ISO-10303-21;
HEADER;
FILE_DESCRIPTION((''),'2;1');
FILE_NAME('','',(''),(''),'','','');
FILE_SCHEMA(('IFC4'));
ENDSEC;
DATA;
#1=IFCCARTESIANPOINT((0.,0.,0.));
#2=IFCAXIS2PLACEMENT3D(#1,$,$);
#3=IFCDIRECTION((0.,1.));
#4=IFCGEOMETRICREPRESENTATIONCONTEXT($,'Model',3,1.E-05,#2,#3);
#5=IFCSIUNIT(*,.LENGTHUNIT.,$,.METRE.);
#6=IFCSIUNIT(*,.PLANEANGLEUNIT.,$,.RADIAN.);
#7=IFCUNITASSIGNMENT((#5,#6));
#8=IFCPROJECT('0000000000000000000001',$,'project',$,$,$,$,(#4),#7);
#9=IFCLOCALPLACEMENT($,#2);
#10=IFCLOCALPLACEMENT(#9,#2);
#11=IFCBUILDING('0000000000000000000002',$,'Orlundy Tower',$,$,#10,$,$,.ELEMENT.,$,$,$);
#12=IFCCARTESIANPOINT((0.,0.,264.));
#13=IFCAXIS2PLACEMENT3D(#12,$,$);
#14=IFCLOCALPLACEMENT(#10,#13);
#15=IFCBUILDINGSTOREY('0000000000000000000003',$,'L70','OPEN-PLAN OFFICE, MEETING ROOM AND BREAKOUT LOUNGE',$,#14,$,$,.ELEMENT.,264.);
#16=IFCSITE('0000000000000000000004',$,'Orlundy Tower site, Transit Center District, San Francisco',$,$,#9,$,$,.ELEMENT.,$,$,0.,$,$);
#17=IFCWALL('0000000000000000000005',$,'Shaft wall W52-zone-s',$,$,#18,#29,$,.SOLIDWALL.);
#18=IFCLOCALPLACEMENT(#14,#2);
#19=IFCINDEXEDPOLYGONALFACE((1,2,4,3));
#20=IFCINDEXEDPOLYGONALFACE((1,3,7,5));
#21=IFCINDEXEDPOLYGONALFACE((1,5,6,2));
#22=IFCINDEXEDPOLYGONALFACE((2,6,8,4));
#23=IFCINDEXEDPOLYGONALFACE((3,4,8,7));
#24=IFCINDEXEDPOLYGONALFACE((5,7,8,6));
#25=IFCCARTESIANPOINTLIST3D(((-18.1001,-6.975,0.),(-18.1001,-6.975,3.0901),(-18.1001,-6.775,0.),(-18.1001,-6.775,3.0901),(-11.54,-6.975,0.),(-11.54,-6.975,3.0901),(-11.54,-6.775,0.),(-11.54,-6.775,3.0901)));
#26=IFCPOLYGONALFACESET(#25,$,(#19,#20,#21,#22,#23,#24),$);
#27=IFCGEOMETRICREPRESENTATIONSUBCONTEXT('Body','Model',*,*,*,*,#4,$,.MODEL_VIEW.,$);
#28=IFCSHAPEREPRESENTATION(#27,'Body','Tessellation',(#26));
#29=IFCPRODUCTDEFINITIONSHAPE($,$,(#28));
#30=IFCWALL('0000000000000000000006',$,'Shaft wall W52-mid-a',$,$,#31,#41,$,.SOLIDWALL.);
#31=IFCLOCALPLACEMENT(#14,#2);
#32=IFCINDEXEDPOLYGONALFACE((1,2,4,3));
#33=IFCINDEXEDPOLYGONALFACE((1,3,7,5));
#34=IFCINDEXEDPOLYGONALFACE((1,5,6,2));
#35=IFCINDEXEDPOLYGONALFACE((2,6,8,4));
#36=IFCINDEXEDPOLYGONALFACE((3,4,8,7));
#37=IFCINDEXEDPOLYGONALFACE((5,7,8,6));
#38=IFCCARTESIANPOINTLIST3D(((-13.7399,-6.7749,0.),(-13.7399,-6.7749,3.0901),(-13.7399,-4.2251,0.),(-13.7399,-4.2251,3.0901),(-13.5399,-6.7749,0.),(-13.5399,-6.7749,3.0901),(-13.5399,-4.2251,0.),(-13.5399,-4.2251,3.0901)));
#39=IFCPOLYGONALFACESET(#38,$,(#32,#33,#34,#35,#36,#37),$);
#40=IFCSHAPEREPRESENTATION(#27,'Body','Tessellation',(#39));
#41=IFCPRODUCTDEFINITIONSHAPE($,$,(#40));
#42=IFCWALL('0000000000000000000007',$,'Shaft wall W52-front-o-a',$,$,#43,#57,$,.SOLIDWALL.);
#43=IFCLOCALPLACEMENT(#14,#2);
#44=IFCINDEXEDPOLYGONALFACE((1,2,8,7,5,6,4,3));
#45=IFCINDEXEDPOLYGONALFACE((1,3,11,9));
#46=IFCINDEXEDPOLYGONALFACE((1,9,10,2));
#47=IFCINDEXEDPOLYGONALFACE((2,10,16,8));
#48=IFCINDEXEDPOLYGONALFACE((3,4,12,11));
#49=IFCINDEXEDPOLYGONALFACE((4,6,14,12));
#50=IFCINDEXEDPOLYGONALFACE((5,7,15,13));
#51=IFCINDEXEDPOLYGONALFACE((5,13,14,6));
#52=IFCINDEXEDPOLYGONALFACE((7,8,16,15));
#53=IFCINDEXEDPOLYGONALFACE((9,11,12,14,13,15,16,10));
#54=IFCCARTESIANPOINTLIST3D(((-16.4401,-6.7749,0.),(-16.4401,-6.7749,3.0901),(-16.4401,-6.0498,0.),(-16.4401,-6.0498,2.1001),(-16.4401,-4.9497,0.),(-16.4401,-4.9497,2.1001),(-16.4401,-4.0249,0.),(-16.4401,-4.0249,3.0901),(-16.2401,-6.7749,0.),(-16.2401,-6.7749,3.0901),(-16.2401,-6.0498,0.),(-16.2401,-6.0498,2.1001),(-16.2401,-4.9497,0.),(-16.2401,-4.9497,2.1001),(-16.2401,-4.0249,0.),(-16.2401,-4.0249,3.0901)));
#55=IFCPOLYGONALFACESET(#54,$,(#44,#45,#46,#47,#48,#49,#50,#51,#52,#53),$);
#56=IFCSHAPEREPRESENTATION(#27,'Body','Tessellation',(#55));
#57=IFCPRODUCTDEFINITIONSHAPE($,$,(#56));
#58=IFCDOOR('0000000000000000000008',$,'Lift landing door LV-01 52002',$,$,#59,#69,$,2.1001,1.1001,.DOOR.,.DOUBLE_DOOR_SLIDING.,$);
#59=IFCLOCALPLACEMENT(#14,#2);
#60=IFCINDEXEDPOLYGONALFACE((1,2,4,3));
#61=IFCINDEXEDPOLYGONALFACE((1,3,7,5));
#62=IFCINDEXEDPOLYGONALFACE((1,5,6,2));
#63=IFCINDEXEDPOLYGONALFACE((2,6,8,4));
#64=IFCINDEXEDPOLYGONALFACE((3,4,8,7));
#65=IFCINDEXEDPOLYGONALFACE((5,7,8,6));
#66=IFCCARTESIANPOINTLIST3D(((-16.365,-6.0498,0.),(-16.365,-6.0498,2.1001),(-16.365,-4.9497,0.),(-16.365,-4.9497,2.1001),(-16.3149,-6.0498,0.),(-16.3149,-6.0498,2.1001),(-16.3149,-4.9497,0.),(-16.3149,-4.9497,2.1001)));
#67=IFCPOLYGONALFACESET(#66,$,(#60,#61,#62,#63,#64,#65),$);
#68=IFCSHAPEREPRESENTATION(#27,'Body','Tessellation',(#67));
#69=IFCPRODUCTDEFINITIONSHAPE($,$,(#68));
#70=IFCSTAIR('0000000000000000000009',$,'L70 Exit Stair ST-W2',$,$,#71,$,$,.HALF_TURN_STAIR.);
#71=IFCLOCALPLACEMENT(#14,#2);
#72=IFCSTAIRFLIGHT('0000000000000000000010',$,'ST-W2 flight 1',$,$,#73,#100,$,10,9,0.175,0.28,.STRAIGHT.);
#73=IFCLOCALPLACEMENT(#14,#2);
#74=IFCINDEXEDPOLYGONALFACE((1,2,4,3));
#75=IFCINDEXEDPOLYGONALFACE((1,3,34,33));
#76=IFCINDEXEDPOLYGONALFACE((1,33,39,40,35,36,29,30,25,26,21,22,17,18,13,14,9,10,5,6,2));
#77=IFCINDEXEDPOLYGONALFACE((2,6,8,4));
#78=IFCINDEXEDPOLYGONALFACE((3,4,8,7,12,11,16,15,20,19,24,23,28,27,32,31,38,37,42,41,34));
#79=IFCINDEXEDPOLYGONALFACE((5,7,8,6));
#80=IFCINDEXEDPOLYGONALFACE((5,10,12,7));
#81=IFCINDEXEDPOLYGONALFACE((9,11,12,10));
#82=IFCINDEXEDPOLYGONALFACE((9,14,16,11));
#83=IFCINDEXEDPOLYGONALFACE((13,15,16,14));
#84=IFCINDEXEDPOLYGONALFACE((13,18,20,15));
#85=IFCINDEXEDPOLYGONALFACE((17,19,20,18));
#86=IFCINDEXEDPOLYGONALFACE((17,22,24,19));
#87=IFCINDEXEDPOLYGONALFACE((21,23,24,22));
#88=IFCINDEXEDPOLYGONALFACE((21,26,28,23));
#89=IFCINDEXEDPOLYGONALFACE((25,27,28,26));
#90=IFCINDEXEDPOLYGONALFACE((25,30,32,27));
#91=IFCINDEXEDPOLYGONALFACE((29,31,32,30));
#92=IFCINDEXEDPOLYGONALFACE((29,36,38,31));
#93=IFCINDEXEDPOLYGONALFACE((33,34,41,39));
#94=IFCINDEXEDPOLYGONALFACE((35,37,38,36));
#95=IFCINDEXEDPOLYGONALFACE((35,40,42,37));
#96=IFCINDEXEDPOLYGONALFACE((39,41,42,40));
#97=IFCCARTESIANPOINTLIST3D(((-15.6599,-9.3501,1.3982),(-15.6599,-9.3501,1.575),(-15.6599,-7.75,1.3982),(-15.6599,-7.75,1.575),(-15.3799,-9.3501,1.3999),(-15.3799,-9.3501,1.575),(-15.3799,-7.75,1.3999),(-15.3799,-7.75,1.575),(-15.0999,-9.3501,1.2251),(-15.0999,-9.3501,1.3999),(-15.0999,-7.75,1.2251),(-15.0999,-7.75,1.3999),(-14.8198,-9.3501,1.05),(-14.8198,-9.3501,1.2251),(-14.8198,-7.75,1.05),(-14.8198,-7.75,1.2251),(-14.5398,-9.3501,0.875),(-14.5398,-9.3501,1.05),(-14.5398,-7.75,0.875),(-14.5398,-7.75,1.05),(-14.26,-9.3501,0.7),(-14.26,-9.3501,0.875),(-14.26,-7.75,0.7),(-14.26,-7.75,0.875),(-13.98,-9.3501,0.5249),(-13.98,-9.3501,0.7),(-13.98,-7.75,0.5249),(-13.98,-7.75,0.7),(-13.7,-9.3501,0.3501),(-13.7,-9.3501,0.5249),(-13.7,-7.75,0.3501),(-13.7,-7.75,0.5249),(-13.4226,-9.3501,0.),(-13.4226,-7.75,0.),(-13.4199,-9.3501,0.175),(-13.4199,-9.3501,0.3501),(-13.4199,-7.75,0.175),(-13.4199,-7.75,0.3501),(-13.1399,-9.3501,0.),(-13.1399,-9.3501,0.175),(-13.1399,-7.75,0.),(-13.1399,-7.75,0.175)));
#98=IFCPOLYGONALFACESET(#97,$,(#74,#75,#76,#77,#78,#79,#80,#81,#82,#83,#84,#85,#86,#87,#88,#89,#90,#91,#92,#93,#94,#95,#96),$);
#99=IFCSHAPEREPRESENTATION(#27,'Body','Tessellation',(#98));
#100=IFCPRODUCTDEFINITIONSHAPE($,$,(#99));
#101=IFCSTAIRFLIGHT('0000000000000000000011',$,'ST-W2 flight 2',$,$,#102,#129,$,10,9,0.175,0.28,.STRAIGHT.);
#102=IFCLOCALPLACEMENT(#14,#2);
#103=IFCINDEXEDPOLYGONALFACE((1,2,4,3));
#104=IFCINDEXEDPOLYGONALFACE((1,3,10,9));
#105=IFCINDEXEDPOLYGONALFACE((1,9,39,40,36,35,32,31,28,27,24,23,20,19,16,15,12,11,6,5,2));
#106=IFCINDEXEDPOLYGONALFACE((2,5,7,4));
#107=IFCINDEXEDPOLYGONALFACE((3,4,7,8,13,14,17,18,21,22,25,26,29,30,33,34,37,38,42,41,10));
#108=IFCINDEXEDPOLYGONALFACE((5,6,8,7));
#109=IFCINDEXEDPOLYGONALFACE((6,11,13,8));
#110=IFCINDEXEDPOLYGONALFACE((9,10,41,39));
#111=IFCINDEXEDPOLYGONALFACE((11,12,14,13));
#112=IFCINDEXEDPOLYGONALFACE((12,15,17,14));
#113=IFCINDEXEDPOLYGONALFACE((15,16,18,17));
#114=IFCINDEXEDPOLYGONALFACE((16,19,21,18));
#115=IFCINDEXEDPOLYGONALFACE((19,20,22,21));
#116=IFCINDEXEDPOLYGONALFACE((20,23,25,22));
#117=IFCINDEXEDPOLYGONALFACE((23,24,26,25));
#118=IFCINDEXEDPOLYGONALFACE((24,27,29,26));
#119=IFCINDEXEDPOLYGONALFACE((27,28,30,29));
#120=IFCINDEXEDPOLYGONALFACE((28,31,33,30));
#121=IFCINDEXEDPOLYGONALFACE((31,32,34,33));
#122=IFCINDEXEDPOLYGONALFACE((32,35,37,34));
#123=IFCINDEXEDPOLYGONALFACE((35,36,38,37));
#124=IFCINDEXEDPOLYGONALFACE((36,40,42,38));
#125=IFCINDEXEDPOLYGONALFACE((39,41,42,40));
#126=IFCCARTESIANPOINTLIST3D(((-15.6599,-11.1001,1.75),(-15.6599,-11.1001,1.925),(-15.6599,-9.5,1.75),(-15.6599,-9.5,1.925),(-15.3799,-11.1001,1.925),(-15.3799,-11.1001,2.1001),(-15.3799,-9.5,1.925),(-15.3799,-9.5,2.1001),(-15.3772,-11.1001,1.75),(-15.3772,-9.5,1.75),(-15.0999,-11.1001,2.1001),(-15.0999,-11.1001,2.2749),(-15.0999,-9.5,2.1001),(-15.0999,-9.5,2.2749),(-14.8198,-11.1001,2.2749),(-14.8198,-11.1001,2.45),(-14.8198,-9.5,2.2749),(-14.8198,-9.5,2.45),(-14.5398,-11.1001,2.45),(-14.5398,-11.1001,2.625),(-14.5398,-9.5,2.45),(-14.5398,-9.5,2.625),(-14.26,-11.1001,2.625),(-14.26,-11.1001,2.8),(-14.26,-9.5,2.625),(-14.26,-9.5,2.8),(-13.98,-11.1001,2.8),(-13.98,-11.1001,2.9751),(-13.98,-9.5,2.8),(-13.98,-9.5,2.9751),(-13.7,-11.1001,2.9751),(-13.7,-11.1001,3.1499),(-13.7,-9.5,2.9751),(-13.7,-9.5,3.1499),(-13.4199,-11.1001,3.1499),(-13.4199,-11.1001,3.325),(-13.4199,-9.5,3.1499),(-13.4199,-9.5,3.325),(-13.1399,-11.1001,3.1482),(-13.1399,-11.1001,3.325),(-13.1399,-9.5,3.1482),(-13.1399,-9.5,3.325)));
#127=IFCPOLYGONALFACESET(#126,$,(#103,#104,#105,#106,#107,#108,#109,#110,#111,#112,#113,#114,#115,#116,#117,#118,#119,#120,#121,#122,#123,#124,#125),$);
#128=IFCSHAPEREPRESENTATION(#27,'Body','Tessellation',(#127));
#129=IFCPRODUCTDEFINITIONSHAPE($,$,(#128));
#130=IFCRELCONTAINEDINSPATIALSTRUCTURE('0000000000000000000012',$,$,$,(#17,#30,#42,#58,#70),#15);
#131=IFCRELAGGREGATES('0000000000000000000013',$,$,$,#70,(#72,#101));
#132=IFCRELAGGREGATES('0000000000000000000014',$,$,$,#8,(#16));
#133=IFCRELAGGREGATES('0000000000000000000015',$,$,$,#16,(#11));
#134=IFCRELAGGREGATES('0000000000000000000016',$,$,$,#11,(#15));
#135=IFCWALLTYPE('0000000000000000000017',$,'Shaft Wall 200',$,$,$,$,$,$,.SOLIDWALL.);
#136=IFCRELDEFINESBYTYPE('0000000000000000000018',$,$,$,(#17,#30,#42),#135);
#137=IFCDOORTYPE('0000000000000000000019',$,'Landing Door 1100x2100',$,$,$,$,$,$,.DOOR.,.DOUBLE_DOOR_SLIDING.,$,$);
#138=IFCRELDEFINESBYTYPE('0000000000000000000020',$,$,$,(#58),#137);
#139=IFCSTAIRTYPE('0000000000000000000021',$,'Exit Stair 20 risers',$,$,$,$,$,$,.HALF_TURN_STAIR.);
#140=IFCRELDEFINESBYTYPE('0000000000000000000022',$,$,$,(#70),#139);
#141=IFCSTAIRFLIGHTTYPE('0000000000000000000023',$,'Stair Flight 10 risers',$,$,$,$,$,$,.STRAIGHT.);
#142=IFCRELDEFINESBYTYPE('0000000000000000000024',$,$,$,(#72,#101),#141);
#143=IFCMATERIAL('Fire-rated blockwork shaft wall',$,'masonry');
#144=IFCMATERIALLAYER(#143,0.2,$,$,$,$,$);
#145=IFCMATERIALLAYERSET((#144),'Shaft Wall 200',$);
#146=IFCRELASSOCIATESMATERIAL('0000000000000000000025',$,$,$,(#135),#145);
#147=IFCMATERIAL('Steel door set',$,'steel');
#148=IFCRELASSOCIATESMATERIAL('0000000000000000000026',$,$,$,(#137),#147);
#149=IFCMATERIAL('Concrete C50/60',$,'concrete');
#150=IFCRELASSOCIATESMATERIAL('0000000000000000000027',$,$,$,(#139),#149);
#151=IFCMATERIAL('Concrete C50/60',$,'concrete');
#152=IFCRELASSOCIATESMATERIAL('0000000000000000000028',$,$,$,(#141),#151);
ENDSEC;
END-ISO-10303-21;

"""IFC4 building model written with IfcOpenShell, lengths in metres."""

from ifc_helpers import new_model, si_unit, direction, frame, frame_2d, origin, place, context, subcontext, project, spatial, polyline, rectangle, outline, extrude, material, layer, layer_set, type_object, element, fill, aggregate, save


model = new_model("IFC4")

# Units and contexts
model_context = context("Model", 3, precision=1e-05, world=origin(), true_north=direction((0.0, 1.0)))
body_context = subcontext(model_context, "Body", "Model", "MODEL_VIEW")
ifc_project = project(units=[si_unit("LENGTHUNIT", "METRE"), si_unit("PLANEANGLEUNIT", "RADIAN")], contexts=[model_context])

# Site, building, storey
site_placement = place(None, origin())
site = spatial("IfcSite", under=ifc_project, at=site_placement, Name="Orlundy Tower site, Transit Center District, San Francisco", CompositionType="ELEMENT", RefElevation=0.0)
building_placement = place(site_placement, origin())
building = spatial("IfcBuilding", under=site, at=building_placement, Name="Orlundy Tower", CompositionType="ELEMENT")
storey_placement = place(building_placement, frame((0.0, 0.0, 264.0)))
storey = spatial("IfcBuildingStorey", under=building, at=storey_placement, Name="L70", Description="OPEN-PLAN OFFICE, MEETING ROOM AND BREAKOUT LOUNGE", CompositionType="ELEMENT", Elevation=264.0)

# Walls
ifc_material_1 = material(Name="Fire-rated blockwork shaft wall", Category="masonry")
ifc_layer_1 = layer(ifc_material_1, 0.2)
ifc_layer_set_1 = layer_set([ifc_layer_1], Name="Shaft Wall 200")
wall_type_1 = type_object("IfcWallType", Name="Shaft Wall 200", PredefinedType="SOLIDWALL", material=ifc_layer_set_1)
wall_1_placement = place(storey_placement, frame((-11.54, -6.875, 0.0), z_axis=(0.0, 0.0, 1.0), x_axis=(-1.0, 0.0, 0.0)))
element("IfcWall", 1, at=wall_1_placement, inside=storey, type_object=wall_type_1, Name="Shaft wall W52-zone-s", PredefinedType="SOLIDWALL", context=body_context, shape_type="SweptSolid", body=[
    extrude(rectangle(XDim=6.5601, YDim=0.2, at=frame_2d((3.28, 0.0))), origin(), (0.0, 0.0, 1.0), 3.0901),
])
wall_2_placement = place(storey_placement, frame((-13.6399, -6.7749, 0.0), z_axis=(0.0, 0.0, 1.0), x_axis=(0.0, 1.0, 0.0)))
element("IfcWall", 2, at=wall_2_placement, inside=storey, type_object=wall_type_1, Name="Shaft wall W52-mid-a", PredefinedType="SOLIDWALL", context=body_context, shape_type="SweptSolid", body=[
    extrude(rectangle(XDim=2.5498, YDim=0.2, at=frame_2d((1.2749, 0.0))), origin(), (0.0, 0.0, 1.0), 3.0901),
])

# Wall, opening, door
wall_3_placement = place(storey_placement, frame((-16.3401, -6.7749, 0.0), z_axis=(0.0, 0.0, 1.0), x_axis=(0.0, 1.0, 0.0)))
wall_3 = element("IfcWall", 3, at=wall_3_placement, inside=storey, type_object=wall_type_1, Name="Shaft wall W52-front-o-a", PredefinedType="SOLIDWALL", context=body_context, shape_type="SweptSolid", body=[
    extrude(rectangle(XDim=2.75, YDim=0.2, at=frame_2d((1.375, 0.0))), origin(), (0.0, 0.0, 1.0), 3.0901),
])
opening_1_placement = place(wall_3_placement, frame((0.7251, 0.0, 0.0)))
opening_1 = element("IfcOpeningElement", 4, at=opening_1_placement, cuts=wall_3, PredefinedType="OPENING", context=body_context, shape_type="SweptSolid", body=[
    extrude(rectangle(XDim=1.1001, YDim=2.1001, at=frame_2d((0.55, 1.05))), frame((0.0, 0.1101, 0.0), z_axis=(0.0, -1.0, 0.0), x_axis=(1.0, 0.0, 0.0)), (0.0, 0.0, 1.0), 0.2202),
])
ifc_material_2 = material(Name="Steel door set", Category="steel")
door_type_1 = type_object("IfcDoorType", Name="Landing Door 1100x2100", OperationType="DOUBLE_DOOR_SLIDING", PredefinedType="DOOR", material=ifc_material_2)
door_1_placement = place(opening_1_placement, origin())
door_1 = element("IfcDoor", 5, at=door_1_placement, inside=storey, type_object=door_type_1, Name="Lift landing door LV-01 52002", OperationType="DOUBLE_DOOR_SLIDING", OverallHeight=2.1001, OverallWidth=1.1001, PredefinedType="DOOR", context=body_context, shape_type="SweptSolid", body=[
    extrude(rectangle(XDim=1.1001, YDim=2.1001, at=frame_2d((0.55, 1.05))), frame((0.0, 0.0249, 0.0), z_axis=(0.0, -1.0, 0.0), x_axis=(1.0, 0.0, 0.0)), (0.0, 0.0, 1.0), 0.05),
])
fill(opening_1, door_1)

# Stair, stair flights
ifc_material_3 = material(Name="Concrete C50/60", Category="concrete")
stair_type = type_object("IfcStairType", Name="Exit Stair 20 risers", PredefinedType="HALF_TURN_STAIR", material=ifc_material_3)
stair_placement = place(storey_placement, origin())
stair = element("IfcStair", 6, at=stair_placement, inside=storey, type_object=stair_type, Name="L70 Exit Stair ST-W2", PredefinedType="HALF_TURN_STAIR")
ifc_material_4 = material(Name="Concrete C50/60", Category="concrete")
stair_flight_type = type_object("IfcStairFlightType", Name="Stair Flight 10 risers", PredefinedType="STRAIGHT", material=ifc_material_4)
stair_flight_1_placement = place(storey_placement, frame((-13.1399, -8.55, 0.0), z_axis=(0.0, 0.0, 1.0), x_axis=(-1.0, 0.0, 0.0)))
stair_flight_1 = element("IfcStairFlight", 7, at=stair_flight_1_placement, type_object=stair_flight_type, Name="ST-W2 flight 1", NumberOfRisers=10, NumberOfTreads=9, PredefinedType="STRAIGHT", RiserHeight=0.175, TreadLength=0.28, context=body_context, shape_type="SweptSolid", body=[
    extrude(outline(polyline([(0.0, 0.0), (0.0, 0.175), (0.28, 0.175), (0.28, 0.3501), (0.5601, 0.3501), (0.5601, 0.5249), (0.8401, 0.5249), (0.8401, 0.7), (1.1201, 0.7), (1.1201, 0.875), (1.3999, 0.875), (1.3999, 1.05), (1.6799, 1.05), (1.6799, 1.2251), (1.96, 1.2251), (1.96, 1.3999), (2.24, 1.3999), (2.24, 1.575), (2.52, 1.575), (2.52, 1.75), (2.52, 1.3982), (0.2827, 0.0), (0.0, 0.0)])), frame((0.0, 0.8, 0.0), z_axis=(0.0, -1.0, 0.0), x_axis=(1.0, 0.0, 0.0)), (0.0, 0.0, 1.0), 1.6001),
])
stair_flight_2_placement = place(storey_placement, frame((-15.6599, -10.3, 1.75), z_axis=(0.0, 0.0, 1.0), x_axis=(1.0, 0.0, 0.0)))
stair_flight_2 = element("IfcStairFlight", 8, at=stair_flight_2_placement, type_object=stair_flight_type, Name="ST-W2 flight 2", NumberOfRisers=10, NumberOfTreads=9, PredefinedType="STRAIGHT", RiserHeight=0.175, TreadLength=0.28, context=body_context, shape_type="SweptSolid", body=[
    extrude(outline(polyline([(0.0, 0.0), (0.0, 0.175), (0.28, 0.175), (0.28, 0.3501), (0.5601, 0.3501), (0.5601, 0.5249), (0.8401, 0.5249), (0.8401, 0.7), (1.1201, 0.7), (1.1201, 0.875), (1.3999, 0.875), (1.3999, 1.05), (1.6799, 1.05), (1.6799, 1.2251), (1.96, 1.2251), (1.96, 1.3999), (2.24, 1.3999), (2.24, 1.575), (2.52, 1.575), (2.52, 1.75), (2.52, 1.3982), (0.2827, 0.0), (0.0, 0.0)])), frame((0.0, 0.8, 0.0), z_axis=(0.0, -1.0, 0.0), x_axis=(1.0, 0.0, 0.0)), (0.0, 0.0, 1.0), 1.6001),
])
aggregate(stair, [stair_flight_1, stair_flight_2])

save(model, "model.ifc")
